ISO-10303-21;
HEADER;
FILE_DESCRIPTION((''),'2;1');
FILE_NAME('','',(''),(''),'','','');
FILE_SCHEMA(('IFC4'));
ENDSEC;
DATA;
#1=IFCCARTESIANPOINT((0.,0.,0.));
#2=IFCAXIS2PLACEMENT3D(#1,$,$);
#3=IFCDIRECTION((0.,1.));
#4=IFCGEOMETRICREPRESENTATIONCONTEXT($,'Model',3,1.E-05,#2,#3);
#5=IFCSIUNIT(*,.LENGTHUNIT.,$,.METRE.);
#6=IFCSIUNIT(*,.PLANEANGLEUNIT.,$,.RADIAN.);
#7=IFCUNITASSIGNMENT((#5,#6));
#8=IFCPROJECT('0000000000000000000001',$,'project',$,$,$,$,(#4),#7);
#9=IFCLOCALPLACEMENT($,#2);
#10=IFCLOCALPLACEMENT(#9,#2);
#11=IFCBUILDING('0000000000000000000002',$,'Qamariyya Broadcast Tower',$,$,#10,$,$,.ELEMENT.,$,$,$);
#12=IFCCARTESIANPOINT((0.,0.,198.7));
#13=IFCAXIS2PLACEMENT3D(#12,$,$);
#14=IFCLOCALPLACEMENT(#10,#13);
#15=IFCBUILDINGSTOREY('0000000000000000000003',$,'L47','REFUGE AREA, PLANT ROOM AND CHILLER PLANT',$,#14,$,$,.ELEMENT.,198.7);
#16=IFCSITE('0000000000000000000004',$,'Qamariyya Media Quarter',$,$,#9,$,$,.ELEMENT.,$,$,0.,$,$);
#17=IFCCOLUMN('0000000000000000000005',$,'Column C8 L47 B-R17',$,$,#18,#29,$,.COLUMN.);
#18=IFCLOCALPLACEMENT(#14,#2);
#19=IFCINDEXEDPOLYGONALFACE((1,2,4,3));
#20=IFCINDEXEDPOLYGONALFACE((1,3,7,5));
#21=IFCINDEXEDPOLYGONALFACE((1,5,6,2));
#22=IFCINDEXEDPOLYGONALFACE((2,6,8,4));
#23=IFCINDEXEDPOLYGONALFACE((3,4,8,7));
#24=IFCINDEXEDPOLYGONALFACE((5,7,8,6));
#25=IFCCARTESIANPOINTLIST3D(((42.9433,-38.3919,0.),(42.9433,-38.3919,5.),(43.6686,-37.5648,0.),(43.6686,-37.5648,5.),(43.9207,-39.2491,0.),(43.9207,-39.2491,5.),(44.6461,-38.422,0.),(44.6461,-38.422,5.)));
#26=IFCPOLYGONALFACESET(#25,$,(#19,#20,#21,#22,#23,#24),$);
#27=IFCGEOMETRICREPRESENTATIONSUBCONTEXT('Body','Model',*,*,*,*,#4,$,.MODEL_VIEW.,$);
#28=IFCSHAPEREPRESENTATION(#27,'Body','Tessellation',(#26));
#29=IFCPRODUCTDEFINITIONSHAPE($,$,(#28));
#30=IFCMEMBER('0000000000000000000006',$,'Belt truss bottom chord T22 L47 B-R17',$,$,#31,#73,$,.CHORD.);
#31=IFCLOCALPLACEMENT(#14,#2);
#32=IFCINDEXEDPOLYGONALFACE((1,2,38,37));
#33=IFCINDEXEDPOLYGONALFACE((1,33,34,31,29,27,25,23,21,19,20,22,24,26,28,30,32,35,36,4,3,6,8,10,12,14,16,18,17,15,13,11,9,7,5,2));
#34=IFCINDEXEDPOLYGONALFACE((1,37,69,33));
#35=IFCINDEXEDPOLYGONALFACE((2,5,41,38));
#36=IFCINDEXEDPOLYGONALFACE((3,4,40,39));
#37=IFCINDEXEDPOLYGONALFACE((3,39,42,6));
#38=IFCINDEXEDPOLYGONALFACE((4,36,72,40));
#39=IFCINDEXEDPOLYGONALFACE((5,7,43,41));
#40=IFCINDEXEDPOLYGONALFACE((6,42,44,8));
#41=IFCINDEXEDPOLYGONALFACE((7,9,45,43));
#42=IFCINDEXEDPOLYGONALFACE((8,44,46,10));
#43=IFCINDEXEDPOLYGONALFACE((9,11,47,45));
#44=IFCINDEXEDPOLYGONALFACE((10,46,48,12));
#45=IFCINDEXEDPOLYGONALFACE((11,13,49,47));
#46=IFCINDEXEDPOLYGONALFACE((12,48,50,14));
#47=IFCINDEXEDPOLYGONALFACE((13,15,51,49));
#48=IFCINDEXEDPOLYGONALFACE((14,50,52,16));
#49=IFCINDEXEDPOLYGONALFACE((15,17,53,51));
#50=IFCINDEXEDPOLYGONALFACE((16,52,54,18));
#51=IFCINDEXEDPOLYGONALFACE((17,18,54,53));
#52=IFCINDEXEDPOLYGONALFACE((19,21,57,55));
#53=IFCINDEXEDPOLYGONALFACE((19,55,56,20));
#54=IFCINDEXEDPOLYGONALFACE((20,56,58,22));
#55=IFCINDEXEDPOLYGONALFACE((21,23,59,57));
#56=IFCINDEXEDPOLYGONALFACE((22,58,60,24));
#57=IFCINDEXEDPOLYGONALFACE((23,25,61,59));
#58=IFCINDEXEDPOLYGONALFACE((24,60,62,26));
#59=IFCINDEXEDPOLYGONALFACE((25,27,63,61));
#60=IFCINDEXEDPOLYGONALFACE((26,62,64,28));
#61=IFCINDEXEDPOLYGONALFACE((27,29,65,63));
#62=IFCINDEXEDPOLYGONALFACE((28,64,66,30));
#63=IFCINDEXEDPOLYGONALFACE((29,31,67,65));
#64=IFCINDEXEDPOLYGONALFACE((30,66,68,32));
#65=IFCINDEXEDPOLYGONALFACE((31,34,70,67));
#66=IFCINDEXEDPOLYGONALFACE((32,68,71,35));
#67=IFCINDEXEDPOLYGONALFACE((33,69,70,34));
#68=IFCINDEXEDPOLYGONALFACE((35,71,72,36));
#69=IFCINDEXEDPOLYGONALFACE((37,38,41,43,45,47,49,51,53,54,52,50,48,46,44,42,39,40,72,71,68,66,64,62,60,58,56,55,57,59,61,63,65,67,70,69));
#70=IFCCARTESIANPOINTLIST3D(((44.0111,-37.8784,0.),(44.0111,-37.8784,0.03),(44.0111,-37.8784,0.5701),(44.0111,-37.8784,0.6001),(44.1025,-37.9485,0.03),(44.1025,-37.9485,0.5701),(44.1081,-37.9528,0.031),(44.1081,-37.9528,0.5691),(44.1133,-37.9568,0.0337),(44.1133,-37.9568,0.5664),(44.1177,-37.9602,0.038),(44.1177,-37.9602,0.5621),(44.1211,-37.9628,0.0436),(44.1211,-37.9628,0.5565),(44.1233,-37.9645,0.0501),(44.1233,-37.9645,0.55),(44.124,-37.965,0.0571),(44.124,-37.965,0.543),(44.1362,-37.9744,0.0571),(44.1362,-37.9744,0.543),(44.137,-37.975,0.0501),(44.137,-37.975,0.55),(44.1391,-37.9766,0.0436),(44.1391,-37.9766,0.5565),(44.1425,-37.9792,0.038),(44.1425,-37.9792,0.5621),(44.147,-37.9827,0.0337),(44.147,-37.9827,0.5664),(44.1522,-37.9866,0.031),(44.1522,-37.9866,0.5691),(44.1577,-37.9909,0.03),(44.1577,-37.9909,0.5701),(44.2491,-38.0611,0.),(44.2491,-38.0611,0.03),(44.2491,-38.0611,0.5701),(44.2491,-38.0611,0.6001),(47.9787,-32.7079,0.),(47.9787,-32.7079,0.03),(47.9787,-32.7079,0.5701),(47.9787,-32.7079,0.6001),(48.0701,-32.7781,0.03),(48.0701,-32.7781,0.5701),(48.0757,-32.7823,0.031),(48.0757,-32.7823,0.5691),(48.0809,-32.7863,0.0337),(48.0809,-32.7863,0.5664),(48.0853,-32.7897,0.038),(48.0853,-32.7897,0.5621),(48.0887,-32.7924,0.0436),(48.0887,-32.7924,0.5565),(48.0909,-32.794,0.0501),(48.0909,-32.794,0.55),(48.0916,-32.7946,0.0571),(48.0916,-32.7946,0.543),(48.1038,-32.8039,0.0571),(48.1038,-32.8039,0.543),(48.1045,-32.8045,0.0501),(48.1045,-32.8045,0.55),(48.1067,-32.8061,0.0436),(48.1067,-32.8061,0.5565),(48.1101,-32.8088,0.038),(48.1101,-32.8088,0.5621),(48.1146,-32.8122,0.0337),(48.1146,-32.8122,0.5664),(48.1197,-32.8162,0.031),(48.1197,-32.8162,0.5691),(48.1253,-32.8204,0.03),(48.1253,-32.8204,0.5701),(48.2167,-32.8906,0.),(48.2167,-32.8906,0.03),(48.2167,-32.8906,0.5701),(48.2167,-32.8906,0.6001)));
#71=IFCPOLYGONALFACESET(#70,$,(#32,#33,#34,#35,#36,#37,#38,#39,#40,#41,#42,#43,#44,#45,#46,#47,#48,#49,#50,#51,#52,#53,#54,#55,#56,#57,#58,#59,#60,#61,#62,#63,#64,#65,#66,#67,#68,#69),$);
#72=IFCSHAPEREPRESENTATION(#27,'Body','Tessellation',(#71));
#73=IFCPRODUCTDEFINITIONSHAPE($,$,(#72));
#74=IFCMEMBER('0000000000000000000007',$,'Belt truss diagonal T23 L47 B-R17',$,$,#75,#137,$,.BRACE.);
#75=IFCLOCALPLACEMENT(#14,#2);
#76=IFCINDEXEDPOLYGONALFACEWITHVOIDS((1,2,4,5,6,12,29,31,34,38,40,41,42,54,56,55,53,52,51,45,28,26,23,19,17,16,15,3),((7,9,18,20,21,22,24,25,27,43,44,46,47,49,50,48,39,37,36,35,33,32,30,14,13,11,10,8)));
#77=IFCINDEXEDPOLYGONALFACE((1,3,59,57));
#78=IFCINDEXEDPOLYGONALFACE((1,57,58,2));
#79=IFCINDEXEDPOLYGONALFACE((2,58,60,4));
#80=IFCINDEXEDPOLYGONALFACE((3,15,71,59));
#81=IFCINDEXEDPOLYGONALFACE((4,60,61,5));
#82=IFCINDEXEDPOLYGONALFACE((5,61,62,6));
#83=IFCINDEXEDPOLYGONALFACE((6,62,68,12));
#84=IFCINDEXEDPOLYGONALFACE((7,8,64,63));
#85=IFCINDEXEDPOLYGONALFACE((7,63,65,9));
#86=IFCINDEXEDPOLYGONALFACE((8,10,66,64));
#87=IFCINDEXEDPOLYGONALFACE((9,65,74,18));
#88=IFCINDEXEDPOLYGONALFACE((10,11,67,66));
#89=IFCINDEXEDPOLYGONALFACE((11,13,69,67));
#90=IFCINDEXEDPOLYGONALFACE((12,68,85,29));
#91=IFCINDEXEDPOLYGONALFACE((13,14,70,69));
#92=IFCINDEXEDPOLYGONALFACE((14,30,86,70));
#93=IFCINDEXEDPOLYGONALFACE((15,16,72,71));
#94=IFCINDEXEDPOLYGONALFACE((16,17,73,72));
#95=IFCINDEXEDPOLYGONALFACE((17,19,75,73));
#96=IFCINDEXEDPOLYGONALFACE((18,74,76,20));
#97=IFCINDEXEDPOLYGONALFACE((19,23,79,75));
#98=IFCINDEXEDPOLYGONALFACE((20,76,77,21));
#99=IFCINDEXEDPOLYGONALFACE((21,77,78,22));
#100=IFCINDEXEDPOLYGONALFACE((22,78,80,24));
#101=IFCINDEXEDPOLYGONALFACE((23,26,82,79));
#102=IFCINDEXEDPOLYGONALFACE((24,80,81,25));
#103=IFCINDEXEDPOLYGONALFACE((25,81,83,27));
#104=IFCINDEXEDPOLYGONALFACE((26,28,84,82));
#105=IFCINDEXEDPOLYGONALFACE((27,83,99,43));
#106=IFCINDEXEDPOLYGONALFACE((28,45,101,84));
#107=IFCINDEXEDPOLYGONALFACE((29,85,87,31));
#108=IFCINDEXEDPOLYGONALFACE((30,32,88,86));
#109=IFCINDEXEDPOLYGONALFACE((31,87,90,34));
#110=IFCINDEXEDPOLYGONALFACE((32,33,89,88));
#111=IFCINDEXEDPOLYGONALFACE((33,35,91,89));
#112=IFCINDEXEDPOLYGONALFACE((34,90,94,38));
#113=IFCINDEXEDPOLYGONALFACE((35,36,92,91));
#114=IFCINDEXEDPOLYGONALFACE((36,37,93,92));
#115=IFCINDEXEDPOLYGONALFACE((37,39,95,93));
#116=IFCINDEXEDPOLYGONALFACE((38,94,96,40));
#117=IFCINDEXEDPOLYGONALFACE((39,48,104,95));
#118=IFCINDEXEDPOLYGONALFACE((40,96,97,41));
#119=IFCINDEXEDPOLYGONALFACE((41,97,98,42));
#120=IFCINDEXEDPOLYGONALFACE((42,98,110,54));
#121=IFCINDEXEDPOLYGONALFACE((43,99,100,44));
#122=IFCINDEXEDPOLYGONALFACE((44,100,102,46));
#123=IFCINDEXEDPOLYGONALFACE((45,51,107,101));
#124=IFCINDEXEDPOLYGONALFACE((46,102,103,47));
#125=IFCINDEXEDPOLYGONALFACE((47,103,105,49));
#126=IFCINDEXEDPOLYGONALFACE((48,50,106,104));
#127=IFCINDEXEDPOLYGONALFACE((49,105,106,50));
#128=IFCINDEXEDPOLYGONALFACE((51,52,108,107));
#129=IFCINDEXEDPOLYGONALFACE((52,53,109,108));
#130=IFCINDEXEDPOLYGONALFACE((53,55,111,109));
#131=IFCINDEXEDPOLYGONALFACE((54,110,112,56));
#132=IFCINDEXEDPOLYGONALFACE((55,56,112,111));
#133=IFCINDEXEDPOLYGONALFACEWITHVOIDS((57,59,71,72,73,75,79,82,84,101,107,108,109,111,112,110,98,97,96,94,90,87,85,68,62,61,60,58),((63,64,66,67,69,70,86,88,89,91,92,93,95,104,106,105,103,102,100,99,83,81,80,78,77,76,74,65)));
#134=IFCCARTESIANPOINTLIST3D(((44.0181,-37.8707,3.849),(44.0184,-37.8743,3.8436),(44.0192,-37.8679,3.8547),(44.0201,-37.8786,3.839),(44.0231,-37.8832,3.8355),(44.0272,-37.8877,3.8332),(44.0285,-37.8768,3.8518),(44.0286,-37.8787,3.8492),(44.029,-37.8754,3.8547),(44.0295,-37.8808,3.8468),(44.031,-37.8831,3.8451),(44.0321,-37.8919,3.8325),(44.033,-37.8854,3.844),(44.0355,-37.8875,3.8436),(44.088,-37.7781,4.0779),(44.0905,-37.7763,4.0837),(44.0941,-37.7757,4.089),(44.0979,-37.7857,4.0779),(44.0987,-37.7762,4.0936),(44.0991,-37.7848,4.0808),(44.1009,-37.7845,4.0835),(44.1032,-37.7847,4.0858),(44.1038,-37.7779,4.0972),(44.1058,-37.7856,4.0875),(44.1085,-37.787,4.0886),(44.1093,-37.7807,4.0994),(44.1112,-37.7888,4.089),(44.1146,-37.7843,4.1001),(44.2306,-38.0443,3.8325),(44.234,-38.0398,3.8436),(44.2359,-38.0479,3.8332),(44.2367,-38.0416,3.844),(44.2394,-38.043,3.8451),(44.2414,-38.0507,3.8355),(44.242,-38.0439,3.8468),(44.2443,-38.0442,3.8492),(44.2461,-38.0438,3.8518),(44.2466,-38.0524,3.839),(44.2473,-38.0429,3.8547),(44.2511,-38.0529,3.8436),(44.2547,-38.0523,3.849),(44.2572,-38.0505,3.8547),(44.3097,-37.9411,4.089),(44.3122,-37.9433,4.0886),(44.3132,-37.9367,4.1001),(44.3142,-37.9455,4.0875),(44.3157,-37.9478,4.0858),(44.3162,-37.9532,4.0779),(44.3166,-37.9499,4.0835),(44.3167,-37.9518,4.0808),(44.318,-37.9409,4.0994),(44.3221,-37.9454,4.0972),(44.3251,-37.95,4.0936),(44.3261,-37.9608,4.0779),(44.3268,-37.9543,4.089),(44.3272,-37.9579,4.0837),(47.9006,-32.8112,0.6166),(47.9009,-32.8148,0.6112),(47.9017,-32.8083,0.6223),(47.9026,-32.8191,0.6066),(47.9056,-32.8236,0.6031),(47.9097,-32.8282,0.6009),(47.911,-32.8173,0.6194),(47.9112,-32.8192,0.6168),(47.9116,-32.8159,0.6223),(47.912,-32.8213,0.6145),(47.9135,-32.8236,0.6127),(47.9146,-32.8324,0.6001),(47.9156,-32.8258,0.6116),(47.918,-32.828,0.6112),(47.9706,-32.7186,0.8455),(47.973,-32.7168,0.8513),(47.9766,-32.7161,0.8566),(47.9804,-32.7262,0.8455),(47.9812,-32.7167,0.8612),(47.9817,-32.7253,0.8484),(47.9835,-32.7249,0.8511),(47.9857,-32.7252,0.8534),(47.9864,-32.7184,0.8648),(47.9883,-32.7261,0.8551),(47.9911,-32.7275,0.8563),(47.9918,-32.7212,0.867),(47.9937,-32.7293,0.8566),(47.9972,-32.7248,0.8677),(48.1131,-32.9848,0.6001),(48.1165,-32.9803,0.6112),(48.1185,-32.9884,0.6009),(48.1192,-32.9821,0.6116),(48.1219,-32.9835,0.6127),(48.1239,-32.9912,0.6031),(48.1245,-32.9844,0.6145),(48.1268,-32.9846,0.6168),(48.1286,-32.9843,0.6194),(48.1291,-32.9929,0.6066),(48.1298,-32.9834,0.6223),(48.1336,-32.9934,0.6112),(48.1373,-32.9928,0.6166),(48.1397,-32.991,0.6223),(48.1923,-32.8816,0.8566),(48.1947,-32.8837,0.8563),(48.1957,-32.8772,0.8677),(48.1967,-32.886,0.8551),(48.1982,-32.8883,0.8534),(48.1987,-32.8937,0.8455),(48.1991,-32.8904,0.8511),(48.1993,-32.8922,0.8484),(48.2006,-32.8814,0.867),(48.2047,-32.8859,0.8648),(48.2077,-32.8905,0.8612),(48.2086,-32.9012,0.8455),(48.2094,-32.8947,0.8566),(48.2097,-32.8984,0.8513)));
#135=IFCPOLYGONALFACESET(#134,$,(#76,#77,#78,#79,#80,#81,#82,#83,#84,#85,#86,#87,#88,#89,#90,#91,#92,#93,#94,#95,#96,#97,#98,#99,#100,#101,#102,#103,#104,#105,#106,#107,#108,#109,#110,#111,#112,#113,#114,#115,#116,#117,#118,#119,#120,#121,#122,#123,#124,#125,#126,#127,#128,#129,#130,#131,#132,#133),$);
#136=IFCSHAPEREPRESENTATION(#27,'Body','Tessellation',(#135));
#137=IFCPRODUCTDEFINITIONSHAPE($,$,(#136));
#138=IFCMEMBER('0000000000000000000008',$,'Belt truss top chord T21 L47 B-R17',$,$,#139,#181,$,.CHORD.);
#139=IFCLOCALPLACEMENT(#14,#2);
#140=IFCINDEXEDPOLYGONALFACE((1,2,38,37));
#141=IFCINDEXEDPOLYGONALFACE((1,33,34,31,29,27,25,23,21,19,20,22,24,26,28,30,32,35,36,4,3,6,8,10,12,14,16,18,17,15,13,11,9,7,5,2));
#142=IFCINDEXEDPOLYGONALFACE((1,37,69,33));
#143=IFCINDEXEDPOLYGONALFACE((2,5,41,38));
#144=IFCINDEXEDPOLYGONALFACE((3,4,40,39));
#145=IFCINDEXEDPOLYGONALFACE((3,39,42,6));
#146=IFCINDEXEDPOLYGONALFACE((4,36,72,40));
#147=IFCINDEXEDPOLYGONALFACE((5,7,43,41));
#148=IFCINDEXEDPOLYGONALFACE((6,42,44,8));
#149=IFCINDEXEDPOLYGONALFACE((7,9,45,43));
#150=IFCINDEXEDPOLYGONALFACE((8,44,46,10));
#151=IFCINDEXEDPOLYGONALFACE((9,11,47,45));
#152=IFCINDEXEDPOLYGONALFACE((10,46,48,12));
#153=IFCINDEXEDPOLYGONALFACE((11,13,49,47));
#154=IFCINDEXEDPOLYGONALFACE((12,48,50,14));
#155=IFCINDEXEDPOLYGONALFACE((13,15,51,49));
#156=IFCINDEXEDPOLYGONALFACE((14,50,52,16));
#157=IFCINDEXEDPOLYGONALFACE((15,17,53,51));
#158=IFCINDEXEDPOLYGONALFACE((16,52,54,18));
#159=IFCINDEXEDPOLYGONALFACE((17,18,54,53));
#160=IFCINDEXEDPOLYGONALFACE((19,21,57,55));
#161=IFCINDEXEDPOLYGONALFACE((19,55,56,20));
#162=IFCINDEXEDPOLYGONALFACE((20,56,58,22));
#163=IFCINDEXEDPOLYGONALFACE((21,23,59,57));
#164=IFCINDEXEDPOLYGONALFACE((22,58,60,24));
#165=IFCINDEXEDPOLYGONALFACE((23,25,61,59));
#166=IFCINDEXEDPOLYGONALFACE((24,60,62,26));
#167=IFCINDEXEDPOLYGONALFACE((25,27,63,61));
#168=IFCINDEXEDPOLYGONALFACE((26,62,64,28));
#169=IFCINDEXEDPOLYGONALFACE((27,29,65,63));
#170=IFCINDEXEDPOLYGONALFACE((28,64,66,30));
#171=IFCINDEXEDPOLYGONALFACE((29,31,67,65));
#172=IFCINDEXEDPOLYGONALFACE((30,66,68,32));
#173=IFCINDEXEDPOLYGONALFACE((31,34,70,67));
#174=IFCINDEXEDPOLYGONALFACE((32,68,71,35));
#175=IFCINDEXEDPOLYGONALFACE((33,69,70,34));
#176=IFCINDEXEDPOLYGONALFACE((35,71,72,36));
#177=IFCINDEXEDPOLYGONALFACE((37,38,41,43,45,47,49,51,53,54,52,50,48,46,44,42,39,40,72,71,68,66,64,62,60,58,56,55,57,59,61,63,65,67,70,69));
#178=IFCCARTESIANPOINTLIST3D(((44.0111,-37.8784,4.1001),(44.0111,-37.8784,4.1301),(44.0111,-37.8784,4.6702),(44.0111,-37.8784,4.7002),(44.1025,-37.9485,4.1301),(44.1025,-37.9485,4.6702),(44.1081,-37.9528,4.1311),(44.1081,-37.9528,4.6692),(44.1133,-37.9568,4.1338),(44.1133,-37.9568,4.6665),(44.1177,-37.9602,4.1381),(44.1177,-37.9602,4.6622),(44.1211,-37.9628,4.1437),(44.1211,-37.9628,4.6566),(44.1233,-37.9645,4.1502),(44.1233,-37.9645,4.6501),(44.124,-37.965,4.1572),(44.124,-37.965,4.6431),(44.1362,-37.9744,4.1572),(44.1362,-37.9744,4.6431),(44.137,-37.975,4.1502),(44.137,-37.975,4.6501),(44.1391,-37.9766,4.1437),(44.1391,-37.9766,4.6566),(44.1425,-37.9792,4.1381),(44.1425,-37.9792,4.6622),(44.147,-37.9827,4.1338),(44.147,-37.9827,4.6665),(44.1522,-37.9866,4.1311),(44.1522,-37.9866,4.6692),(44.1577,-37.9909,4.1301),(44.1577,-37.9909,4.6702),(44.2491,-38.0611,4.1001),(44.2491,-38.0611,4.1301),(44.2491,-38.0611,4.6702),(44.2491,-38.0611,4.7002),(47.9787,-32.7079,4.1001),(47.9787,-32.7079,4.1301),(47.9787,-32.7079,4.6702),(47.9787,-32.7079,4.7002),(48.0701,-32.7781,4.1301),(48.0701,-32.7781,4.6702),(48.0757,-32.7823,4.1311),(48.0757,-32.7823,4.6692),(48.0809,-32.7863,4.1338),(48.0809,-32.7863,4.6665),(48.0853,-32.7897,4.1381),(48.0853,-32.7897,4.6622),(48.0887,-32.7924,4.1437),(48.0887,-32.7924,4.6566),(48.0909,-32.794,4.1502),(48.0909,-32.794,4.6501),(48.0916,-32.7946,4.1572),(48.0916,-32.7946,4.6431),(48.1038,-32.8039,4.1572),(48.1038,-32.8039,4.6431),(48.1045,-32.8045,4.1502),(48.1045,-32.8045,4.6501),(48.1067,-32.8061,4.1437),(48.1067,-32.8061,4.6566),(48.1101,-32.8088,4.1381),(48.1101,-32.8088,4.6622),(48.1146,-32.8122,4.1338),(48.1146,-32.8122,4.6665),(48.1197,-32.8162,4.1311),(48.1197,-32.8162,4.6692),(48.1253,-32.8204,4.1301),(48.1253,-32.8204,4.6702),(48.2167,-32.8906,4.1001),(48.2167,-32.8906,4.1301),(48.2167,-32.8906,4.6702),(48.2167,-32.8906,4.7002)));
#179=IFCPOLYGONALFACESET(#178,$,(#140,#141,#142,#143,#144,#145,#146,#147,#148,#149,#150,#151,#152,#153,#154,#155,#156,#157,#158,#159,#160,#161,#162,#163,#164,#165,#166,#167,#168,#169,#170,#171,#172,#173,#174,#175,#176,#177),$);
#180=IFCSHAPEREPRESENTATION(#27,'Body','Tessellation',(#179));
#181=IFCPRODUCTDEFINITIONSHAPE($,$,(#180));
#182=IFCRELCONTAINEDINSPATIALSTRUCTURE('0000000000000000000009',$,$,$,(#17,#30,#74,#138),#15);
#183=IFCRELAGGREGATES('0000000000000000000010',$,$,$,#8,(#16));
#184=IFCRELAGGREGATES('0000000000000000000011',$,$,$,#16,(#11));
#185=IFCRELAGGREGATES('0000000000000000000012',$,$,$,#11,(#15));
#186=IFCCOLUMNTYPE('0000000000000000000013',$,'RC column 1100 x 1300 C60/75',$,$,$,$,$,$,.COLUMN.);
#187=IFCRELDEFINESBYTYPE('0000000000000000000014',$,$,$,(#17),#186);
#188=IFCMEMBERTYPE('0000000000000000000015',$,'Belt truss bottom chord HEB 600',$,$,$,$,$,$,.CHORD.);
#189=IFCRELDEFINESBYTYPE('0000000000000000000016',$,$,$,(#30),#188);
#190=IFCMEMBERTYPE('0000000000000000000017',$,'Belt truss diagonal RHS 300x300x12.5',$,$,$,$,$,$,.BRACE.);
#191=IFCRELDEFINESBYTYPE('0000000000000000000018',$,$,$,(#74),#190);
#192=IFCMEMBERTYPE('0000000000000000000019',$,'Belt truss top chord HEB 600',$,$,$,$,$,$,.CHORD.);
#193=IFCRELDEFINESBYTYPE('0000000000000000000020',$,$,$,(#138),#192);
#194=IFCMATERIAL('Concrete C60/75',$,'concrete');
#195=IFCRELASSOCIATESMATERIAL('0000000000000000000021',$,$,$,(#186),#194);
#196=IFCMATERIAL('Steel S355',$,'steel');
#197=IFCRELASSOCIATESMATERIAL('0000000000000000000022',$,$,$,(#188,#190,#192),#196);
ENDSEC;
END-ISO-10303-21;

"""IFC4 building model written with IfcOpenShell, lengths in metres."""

from ifc_helpers import new_model, si_unit, direction, frame, origin, origin_2d, place, context, subcontext, project, spatial, rectangle, hollow_rectangle, i_section, extrude, material, material_profile, profile_set, type_object, element, save


model = new_model("IFC4")

# Units and contexts
model_context = context("Model", 3, precision=1e-05, world=origin(), true_north=direction((0.0, 1.0)))
body_context = subcontext(model_context, "Body", "Model", "MODEL_VIEW")
ifc_project = project(units=[si_unit("LENGTHUNIT", "METRE"), si_unit("PLANEANGLEUNIT", "RADIAN")], contexts=[model_context])

# Site, building, storey
site_placement = place(None, origin())
site = spatial("IfcSite", under=ifc_project, at=site_placement, Name="Qamariyya Media Quarter", CompositionType="ELEMENT", RefElevation=0.0)
building_placement = place(site_placement, origin())
building = spatial("IfcBuilding", under=site, at=building_placement, Name="Qamariyya Broadcast Tower", CompositionType="ELEMENT")
storey_placement = place(building_placement, frame((0.0, 0.0, 198.7)))
storey = spatial("IfcBuildingStorey", under=building, at=storey_placement, Name="L47", Description="REFUGE AREA, PLANT ROOM AND CHILLER PLANT", CompositionType="ELEMENT", Elevation=198.7)

# Column
ifc_material_1 = material(Name="Concrete C60/75", Category="concrete")
ifc_material_profile_1 = material_profile(ifc_material_1, rectangle(XDim=1.1001, YDim=1.3, at=origin_2d()))
ifc_profile_set_1 = profile_set([ifc_material_profile_1], Name="Concrete C60/75")
column_type = type_object("IfcColumnType", Name="RC column 1100 x 1300 C60/75", PredefinedType="COLUMN", material=ifc_profile_set_1)
column_placement = place(storey_placement, frame((43.7947, -38.407, 0.0), z_axis=(0.0, 0.0, 1.0), x_axis=(0.659346, 0.75184, 0.0)))
element("IfcColumn", 1, at=column_placement, inside=storey, type_object=column_type, Name="Column C8 L47 B-R17", PredefinedType="COLUMN", context=body_context, shape_type="SweptSolid", body=[
    extrude(rectangle(XDim=1.1001, YDim=1.3, at=origin_2d()), origin(), (0.0, 0.0, 1.0), 5.0),
])

# Members
ifc_material_2 = material(Name="Steel S355", Category="steel")
ifc_material_profile_2 = material_profile(ifc_material_2, i_section(OverallWidth=0.3, OverallDepth=0.6001, WebThickness=0.0154, FlangeThickness=0.03, FilletRadius=0.0271, at=origin_2d()))
ifc_profile_set_2 = profile_set([ifc_material_profile_2], Name="Steel S355")
member_type_1 = type_object("IfcMemberType", Name="Belt truss bottom chord HEB 600", PredefinedType="CHORD", material=ifc_profile_set_2)
member_1_placement = place(storey_placement, frame((44.1301, -37.9697, 0.3), z_axis=(0.608774, 0.793343, 0.0), x_axis=(-0.793343, 0.608774, 0.0)))
element("IfcMember", 2, at=member_1_placement, inside=storey, type_object=member_type_1, Name="Belt truss bottom chord T22 L47 B-R17", PredefinedType="CHORD", context=body_context, shape_type="SweptSolid", body=[
    extrude(i_section(OverallWidth=0.3, OverallDepth=0.6001, WebThickness=0.0154, FlangeThickness=0.03, FilletRadius=0.0271, at=origin_2d()), origin(), (0.0, 0.0, 1.0), 6.5173),
])
ifc_material_profile_3 = material_profile(ifc_material_2, hollow_rectangle(XDim=0.3, YDim=0.3, WallThickness=0.0125, InnerFilletRadius=0.0125, OuterFilletRadius=0.0249, at=origin_2d()))
ifc_profile_set_3 = profile_set([ifc_material_profile_3], Name="Steel S355")
member_type_2 = type_object("IfcMemberType", Name="Belt truss diagonal RHS 300x300x12.5", PredefinedType="BRACE", material=ifc_profile_set_3)
member_2_placement = place(storey_placement, frame((44.1726, -37.9143, 3.9663), z_axis=(0.543018, 0.707635, -0.452089), x_axis=(-0.793336, 0.608783, 0.0)))
element("IfcMember", 3, at=member_2_placement, inside=storey, type_object=member_type_2, Name="Belt truss diagonal T23 L47 B-R17", PredefinedType="BRACE", context=body_context, shape_type="SweptSolid", body=[
    extrude(hollow_rectangle(XDim=0.3, YDim=0.3, WallThickness=0.0125, InnerFilletRadius=0.0125, OuterFilletRadius=0.0249, at=origin_2d()), origin(), (0.0, 0.0, 1.0), 7.1499),
])
ifc_material_profile_4 = material_profile(ifc_material_2, i_section(OverallWidth=0.3, OverallDepth=0.6001, WebThickness=0.0154, FlangeThickness=0.03, FilletRadius=0.0271, at=origin_2d()))
ifc_profile_set_4 = profile_set([ifc_material_profile_4], Name="Steel S355")
member_type_3 = type_object("IfcMemberType", Name="Belt truss top chord HEB 600", PredefinedType="CHORD", material=ifc_profile_set_4)
member_3_placement = place(storey_placement, frame((44.1301, -37.9697, 4.4001), z_axis=(0.608774, 0.793343, 0.0), x_axis=(-0.793343, 0.608774, 0.0)))
element("IfcMember", 4, at=member_3_placement, inside=storey, type_object=member_type_3, Name="Belt truss top chord T21 L47 B-R17", PredefinedType="CHORD", context=body_context, shape_type="SweptSolid", body=[
    extrude(i_section(OverallWidth=0.3, OverallDepth=0.6001, WebThickness=0.0154, FlangeThickness=0.03, FilletRadius=0.0271, at=origin_2d()), origin(), (0.0, 0.0, 1.0), 6.5173),
])

save(model, "model.ifc")
